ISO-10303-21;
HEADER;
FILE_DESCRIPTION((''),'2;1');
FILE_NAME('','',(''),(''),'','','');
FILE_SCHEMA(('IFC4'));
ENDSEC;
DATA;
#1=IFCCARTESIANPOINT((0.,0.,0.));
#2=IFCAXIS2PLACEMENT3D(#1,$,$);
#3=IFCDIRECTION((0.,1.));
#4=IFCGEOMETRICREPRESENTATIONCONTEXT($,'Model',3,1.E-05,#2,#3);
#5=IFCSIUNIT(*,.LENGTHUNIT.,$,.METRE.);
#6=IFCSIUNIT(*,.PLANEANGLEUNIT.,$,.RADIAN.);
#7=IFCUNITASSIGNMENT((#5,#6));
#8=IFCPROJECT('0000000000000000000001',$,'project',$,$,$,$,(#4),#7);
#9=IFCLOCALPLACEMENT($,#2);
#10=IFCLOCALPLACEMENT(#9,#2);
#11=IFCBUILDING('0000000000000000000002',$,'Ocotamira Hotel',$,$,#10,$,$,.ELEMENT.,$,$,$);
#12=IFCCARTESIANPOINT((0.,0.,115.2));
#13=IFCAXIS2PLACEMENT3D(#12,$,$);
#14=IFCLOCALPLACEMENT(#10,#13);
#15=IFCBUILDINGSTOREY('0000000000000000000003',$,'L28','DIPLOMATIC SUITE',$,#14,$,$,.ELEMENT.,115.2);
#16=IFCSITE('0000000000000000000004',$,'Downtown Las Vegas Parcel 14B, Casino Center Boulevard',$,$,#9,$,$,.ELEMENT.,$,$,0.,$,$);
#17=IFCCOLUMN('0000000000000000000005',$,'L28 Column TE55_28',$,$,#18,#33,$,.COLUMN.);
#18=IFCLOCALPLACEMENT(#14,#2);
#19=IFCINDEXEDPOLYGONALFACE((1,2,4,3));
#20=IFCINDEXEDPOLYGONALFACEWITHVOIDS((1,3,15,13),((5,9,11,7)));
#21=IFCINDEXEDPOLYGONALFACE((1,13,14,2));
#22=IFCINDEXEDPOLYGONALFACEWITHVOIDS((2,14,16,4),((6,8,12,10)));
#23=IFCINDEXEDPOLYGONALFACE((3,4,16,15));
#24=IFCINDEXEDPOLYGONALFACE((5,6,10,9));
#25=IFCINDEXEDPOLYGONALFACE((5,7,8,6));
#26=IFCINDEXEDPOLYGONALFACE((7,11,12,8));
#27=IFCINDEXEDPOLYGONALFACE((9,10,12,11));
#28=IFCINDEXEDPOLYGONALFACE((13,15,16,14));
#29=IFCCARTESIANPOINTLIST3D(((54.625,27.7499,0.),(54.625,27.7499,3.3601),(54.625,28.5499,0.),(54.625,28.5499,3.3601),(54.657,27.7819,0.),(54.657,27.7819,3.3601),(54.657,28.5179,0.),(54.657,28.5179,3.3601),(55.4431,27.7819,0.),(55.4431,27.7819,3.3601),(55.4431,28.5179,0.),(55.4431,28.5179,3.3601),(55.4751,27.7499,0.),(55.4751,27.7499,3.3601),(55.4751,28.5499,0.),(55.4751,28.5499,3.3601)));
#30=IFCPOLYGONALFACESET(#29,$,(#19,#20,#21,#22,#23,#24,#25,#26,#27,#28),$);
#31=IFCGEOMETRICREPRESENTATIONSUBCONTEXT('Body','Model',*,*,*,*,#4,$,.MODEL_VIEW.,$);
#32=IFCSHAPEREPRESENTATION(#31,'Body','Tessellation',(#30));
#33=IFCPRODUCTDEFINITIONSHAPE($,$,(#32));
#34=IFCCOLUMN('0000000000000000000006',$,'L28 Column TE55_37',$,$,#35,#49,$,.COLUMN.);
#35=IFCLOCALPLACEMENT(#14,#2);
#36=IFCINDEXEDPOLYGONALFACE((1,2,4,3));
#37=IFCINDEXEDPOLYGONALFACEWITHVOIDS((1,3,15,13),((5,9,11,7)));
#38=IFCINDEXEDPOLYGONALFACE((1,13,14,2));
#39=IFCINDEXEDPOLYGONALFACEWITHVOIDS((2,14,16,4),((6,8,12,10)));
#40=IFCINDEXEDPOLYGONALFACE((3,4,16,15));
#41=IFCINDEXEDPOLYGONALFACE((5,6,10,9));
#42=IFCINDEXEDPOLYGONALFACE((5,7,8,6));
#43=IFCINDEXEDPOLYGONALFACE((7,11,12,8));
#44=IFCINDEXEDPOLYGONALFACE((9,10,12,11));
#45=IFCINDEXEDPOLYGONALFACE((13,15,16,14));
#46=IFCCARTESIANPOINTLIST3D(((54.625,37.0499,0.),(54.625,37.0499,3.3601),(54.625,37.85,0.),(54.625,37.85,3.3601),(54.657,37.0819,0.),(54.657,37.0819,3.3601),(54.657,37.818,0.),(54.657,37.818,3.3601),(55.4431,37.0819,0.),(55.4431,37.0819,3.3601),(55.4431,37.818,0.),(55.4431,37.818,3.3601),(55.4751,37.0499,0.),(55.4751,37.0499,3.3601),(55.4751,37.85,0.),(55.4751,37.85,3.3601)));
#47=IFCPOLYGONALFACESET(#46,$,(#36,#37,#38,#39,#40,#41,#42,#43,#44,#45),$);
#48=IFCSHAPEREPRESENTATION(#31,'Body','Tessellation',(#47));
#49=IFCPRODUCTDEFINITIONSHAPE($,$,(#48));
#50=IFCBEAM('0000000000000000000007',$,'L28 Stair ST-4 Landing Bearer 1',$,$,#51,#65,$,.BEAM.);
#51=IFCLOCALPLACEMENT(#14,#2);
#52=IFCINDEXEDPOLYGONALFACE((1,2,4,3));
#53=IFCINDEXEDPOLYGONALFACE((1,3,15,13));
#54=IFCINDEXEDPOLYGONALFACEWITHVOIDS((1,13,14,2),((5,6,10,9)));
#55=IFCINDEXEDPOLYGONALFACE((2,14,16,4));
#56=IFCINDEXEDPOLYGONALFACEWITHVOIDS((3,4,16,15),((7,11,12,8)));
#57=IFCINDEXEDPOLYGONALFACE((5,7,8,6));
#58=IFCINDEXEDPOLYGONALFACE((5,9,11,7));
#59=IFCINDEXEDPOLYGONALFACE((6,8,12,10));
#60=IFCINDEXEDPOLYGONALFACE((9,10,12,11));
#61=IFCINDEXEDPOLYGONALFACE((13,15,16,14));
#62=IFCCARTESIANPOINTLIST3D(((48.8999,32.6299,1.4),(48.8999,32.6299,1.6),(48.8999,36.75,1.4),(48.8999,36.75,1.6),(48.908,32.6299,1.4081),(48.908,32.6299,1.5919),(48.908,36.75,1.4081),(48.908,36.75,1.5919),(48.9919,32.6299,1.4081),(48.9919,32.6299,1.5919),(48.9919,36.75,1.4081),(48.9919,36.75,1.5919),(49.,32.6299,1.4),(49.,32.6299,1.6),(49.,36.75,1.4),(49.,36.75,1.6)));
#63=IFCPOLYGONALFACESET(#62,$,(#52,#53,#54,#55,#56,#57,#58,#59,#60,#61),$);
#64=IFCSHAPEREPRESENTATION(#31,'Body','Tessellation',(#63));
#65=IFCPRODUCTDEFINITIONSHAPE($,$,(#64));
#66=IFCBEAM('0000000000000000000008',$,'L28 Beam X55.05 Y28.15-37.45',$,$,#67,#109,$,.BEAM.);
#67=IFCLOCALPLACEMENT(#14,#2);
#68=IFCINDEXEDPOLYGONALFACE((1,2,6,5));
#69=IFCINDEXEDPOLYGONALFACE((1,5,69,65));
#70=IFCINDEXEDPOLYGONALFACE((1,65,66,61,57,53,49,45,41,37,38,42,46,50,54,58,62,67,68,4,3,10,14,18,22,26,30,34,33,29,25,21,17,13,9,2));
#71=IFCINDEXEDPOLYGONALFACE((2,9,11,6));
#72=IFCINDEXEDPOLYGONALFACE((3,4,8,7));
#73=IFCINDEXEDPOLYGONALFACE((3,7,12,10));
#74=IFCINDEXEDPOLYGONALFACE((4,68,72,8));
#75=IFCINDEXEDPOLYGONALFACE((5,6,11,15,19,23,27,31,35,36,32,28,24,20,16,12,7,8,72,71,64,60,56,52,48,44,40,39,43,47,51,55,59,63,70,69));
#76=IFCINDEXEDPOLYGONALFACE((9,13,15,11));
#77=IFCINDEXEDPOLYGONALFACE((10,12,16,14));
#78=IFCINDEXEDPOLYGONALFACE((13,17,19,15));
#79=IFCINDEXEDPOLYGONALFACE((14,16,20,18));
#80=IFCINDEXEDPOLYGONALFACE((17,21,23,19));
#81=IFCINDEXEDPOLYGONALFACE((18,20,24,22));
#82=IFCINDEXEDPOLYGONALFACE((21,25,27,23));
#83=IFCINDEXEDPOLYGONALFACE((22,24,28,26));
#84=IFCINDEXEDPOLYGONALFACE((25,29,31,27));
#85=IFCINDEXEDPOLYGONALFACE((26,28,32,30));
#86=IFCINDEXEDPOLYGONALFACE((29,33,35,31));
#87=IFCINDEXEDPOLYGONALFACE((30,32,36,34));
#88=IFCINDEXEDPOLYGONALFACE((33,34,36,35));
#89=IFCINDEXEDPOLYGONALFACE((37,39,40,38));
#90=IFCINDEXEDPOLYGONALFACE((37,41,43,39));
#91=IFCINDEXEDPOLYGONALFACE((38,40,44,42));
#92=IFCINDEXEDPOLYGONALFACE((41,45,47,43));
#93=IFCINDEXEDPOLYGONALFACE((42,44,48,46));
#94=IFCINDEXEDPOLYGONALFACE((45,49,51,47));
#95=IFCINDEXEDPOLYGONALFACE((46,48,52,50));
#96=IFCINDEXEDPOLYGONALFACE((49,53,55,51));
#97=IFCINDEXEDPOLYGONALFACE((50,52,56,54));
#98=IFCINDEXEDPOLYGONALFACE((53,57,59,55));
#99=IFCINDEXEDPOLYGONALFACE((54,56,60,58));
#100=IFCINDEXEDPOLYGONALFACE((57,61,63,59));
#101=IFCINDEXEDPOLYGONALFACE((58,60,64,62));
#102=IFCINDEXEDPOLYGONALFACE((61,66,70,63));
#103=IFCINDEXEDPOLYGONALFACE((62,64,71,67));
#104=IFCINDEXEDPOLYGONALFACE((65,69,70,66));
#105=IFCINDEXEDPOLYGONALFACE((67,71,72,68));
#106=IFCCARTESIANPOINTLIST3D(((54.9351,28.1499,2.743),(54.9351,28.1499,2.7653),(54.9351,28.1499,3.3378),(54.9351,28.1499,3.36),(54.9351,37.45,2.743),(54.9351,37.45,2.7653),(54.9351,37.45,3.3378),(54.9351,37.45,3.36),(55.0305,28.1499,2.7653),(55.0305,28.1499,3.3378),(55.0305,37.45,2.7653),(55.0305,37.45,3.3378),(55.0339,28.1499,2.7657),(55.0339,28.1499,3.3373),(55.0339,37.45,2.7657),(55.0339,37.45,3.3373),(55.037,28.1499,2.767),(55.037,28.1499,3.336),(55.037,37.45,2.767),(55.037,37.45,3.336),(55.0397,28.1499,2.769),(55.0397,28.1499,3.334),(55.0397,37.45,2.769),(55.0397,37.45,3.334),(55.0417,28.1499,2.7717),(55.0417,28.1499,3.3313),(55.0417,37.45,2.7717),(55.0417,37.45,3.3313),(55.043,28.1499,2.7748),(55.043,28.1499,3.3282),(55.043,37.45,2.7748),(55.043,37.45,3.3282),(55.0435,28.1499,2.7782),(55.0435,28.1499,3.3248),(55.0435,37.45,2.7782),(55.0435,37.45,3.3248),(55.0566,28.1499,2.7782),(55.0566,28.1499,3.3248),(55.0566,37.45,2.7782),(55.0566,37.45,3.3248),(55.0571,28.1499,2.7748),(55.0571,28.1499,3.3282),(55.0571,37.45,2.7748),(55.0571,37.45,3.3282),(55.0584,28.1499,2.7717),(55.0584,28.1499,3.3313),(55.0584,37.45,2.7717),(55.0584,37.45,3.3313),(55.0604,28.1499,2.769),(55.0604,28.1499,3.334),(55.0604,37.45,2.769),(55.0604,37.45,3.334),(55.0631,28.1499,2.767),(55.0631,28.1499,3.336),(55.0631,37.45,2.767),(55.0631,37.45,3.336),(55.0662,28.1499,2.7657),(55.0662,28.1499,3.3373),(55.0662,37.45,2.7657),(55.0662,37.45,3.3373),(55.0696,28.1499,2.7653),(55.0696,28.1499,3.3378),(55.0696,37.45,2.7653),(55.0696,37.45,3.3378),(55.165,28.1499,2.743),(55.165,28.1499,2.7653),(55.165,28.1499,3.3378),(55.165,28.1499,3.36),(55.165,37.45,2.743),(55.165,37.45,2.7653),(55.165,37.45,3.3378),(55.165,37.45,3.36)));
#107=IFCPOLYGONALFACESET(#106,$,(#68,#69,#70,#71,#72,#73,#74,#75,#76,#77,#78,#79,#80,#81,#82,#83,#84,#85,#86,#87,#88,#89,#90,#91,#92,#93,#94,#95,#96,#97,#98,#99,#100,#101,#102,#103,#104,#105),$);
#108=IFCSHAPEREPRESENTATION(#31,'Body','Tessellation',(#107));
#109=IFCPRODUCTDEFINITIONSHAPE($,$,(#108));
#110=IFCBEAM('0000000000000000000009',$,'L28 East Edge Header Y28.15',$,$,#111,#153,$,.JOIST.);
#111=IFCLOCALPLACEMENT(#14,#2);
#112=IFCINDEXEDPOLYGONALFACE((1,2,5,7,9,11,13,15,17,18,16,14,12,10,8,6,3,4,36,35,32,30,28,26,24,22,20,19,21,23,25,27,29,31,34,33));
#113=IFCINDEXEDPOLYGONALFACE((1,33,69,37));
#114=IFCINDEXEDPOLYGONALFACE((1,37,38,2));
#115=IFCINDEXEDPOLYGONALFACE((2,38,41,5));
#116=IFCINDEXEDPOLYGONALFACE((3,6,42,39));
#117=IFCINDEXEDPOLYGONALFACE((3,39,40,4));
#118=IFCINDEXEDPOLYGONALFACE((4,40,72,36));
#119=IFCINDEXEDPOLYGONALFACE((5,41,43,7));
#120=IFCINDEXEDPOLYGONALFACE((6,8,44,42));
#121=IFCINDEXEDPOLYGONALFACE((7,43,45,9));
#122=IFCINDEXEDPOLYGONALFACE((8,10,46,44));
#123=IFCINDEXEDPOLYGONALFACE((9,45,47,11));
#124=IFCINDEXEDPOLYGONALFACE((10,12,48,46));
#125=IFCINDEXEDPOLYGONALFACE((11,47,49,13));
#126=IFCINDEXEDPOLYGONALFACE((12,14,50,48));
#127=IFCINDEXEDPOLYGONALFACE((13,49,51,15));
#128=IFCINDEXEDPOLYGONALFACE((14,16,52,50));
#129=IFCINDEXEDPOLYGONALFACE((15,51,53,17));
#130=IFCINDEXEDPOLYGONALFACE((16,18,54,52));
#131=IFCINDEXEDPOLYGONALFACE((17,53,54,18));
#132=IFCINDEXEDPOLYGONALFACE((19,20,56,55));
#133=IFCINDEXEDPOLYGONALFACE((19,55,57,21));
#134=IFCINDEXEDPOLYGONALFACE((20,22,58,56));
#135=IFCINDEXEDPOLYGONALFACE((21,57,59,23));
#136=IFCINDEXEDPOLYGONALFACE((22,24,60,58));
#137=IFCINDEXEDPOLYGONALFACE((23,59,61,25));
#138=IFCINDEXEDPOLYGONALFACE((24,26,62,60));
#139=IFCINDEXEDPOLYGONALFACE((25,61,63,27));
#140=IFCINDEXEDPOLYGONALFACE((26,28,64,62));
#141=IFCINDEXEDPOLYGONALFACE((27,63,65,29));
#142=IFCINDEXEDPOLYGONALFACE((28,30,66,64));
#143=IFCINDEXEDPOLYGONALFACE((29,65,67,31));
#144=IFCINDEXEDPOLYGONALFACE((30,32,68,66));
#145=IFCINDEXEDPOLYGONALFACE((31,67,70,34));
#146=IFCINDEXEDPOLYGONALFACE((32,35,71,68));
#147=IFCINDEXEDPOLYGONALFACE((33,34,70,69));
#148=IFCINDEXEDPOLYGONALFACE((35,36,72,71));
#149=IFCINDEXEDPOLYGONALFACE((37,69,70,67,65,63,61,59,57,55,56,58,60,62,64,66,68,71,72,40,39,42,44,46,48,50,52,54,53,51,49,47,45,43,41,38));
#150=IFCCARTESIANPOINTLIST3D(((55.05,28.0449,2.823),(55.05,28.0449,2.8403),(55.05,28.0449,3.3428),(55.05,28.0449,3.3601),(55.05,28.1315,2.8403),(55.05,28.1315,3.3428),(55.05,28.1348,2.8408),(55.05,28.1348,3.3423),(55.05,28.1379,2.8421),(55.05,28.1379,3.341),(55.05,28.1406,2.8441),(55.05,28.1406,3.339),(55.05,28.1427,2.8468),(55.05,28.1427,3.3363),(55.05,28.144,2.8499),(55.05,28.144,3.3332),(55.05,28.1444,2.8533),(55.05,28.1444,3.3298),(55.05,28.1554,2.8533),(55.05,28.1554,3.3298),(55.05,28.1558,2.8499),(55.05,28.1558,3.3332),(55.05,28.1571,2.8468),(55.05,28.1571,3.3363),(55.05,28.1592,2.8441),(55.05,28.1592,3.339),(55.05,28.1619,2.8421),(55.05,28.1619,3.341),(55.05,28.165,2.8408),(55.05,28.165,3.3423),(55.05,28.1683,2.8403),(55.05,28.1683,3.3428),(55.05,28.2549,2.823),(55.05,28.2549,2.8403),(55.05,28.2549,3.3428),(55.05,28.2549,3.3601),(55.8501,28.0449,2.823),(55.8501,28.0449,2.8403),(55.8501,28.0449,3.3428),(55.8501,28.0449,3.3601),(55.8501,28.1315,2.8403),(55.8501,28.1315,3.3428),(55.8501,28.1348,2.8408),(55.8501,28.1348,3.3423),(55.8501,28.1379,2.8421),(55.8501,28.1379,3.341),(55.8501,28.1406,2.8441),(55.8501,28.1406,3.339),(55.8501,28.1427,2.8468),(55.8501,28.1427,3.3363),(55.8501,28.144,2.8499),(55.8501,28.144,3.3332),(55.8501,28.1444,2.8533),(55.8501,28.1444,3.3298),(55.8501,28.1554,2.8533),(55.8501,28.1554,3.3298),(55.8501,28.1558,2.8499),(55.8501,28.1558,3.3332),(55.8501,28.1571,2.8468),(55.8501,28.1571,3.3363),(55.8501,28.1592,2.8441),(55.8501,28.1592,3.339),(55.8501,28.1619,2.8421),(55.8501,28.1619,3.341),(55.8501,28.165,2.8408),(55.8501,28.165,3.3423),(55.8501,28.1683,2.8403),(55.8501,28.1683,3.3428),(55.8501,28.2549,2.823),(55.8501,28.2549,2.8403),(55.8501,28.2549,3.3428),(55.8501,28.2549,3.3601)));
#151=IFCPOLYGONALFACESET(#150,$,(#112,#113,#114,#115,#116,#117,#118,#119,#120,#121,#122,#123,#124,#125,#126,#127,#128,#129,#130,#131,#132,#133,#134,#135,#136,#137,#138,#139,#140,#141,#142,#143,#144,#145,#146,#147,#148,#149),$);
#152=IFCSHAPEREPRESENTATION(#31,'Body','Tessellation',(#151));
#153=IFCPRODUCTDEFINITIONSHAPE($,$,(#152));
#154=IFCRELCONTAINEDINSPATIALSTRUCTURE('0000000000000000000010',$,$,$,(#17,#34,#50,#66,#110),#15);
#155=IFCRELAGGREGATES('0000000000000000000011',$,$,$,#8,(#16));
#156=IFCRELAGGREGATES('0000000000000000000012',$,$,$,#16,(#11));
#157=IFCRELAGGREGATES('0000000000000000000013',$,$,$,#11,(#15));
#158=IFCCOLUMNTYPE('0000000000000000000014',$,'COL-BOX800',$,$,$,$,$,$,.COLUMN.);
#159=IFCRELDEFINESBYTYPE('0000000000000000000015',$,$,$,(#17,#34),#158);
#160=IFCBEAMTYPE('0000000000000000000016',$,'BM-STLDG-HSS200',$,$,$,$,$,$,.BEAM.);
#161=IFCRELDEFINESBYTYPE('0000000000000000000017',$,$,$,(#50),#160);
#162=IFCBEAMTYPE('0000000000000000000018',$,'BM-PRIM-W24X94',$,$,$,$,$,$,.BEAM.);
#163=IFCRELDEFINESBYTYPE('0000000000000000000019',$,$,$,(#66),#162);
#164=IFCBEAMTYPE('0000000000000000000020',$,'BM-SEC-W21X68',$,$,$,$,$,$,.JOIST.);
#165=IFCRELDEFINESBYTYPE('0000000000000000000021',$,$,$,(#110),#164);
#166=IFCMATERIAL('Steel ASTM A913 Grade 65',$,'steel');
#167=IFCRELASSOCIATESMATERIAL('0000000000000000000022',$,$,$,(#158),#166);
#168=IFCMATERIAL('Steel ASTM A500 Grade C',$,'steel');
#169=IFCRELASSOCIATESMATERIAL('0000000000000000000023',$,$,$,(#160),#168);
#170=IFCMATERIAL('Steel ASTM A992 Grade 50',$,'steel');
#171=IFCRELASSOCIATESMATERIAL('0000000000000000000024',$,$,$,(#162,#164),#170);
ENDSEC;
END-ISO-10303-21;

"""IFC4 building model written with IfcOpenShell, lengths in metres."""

from ifc_helpers import new_model, si_unit, direction, frame, origin, origin_2d, place, context, subcontext, project, spatial, hollow_rectangle, i_section, extrude, source, transform, mapped, material, material_profile, profile_set, type_object, element, save


model = new_model("IFC4")

# Units and contexts
model_context = context("Model", 3, precision=1e-05, world=origin(), true_north=direction((0.0, 1.0)))
body_context = subcontext(model_context, "Body", "Model", "MODEL_VIEW")
ifc_project = project(units=[si_unit("LENGTHUNIT", "METRE"), si_unit("PLANEANGLEUNIT", "RADIAN")], contexts=[model_context])

# Site, building, storey
site_placement = place(None, origin())
site = spatial("IfcSite", under=ifc_project, at=site_placement, Name="Downtown Las Vegas Parcel 14B, Casino Center Boulevard", CompositionType="ELEMENT", RefElevation=0.0)
building_placement = place(site_placement, origin())
building = spatial("IfcBuilding", under=site, at=building_placement, Name="Ocotamira Hotel", CompositionType="ELEMENT")
storey_placement = place(building_placement, frame((0.0, 0.0, 115.2)))
storey = spatial("IfcBuildingStorey", under=building, at=storey_placement, Name="L28", Description="DIPLOMATIC SUITE", CompositionType="ELEMENT", Elevation=115.2)

# Columns
ifc_material_1 = material(Name="Steel ASTM A913 Grade 65", Category="steel")
ifc_material_profile_1 = material_profile(ifc_material_1, hollow_rectangle(XDim=0.8501, YDim=0.8, WallThickness=0.032, at=origin_2d()), Name="BOX800X850X32")
ifc_profile_set_1 = profile_set([ifc_material_profile_1], Name="Steel ASTM A913 Grade 65")
column_type = type_object("IfcColumnType", Name="COL-BOX800", PredefinedType="COLUMN", material=ifc_profile_set_1)
shared_shape_1 = source(origin(), body_context, "Body", "SweptSolid", [
    extrude(hollow_rectangle(XDim=0.8501, YDim=0.8, WallThickness=0.032, at=origin_2d()), origin(), (0.0, 0.0, 1.0), 3.3601),
])
for number, where, z_axis, x_axis, name in (
    (1, (55.05, 28.1499, 0.0), (0.0, 0.0, 1.0), (1.0, 0.0, 0.0), "L28 Column TE55_28"),
    (2, (55.05, 37.45, 0.0), (0.0, 0.0, 1.0), (1.0, 0.0, 0.0), "L28 Column TE55_37"),
):
    element("IfcColumn", number, at=place(storey_placement, frame(where, z_axis=z_axis, x_axis=x_axis)), inside=storey, type_object=column_type, Name=name, PredefinedType="COLUMN", context=body_context, shape_type="MappedRepresentation", body=[
        mapped(shared_shape_1, transform((0.0, 0.0, 0.0), scale=1.0)),
    ])

# Beams
ifc_material_2 = material(Name="Steel ASTM A500 Grade C", Category="steel")
ifc_material_profile_2 = material_profile(ifc_material_2, hollow_rectangle(XDim=0.1001, YDim=0.2, WallThickness=0.0081, at=origin_2d()), Name="HSS200X100X8")
ifc_profile_set_2 = profile_set([ifc_material_profile_2], Name="Steel ASTM A500 Grade C")
beam_type_1 = type_object("IfcBeamType", Name="BM-STLDG-HSS200", PredefinedType="BEAM", material=ifc_profile_set_2)
shared_shape_2 = source(origin(), body_context, "Body", "SweptSolid", [
    extrude(hollow_rectangle(XDim=0.1001, YDim=0.2, WallThickness=0.0081, at=origin_2d()), origin(), (0.0, 0.0, 1.0), 4.1201),
])
beam_1_placement = place(storey_placement, frame((48.95, 32.6299, 1.5), z_axis=(0.0, 1.0, 0.0), x_axis=(-1.0, 0.0, 0.0)))
element("IfcBeam", 3, at=beam_1_placement, inside=storey, type_object=beam_type_1, Name="L28 Stair ST-4 Landing Bearer 1", PredefinedType="BEAM", context=body_context, shape_type="MappedRepresentation", body=[
    mapped(shared_shape_2, transform((0.0, 0.0, 0.0), scale=1.0)),
])
ifc_material_3 = material(Name="Steel ASTM A992 Grade 50", Category="steel")
ifc_material_profile_3 = material_profile(ifc_material_3, i_section(OverallWidth=0.23, OverallDepth=0.6169, WebThickness=0.0132, FlangeThickness=0.0222, FilletRadius=0.0129, at=origin_2d()), Name="W24X94")
ifc_profile_set_3 = profile_set([ifc_material_profile_3], Name="Steel ASTM A992 Grade 50")
beam_type_2 = type_object("IfcBeamType", Name="BM-PRIM-W24X94", PredefinedType="BEAM", material=ifc_profile_set_3)
shared_shape_3 = source(origin(), body_context, "Body", "SweptSolid", [
    extrude(i_section(OverallWidth=0.23, OverallDepth=0.6169, WebThickness=0.0132, FlangeThickness=0.0222, FilletRadius=0.0129, at=origin_2d()), origin(), (0.0, 0.0, 1.0), 9.3),
])
beam_2_placement = place(storey_placement, frame((55.05, 28.1499, 3.0515), z_axis=(0.0, 1.0, 0.0), x_axis=(-1.0, 0.0, 0.0)))
element("IfcBeam", 4, at=beam_2_placement, inside=storey, type_object=beam_type_2, Name="L28 Beam X55.05 Y28.15-37.45", PredefinedType="BEAM", context=body_context, shape_type="MappedRepresentation", body=[
    mapped(shared_shape_3, transform((0.0, 0.0, 0.0), scale=1.0)),
])
ifc_material_profile_4 = material_profile(ifc_material_3, i_section(OverallWidth=0.21, OverallDepth=0.5371, WebThickness=0.011, FlangeThickness=0.0173, FilletRadius=0.0129, at=origin_2d()), Name="W21X68")
ifc_profile_set_4 = profile_set([ifc_material_profile_4], Name="Steel ASTM A992 Grade 50")
beam_type_3 = type_object("IfcBeamType", Name="BM-SEC-W21X68", PredefinedType="JOIST", material=ifc_profile_set_4)
shared_shape_4 = source(origin(), body_context, "Body", "SweptSolid", [
    extrude(i_section(OverallWidth=0.21, OverallDepth=0.5371, WebThickness=0.011, FlangeThickness=0.0173, FilletRadius=0.0129, at=origin_2d()), origin(), (0.0, 0.0, 1.0), 0.8),
])
for number, where, z_axis, x_axis, name in (
    (5, (55.05, 28.1499, 3.0916), (1.0, 0.0, 0.0), (0.0, 1.0, 0.0), "L28 East Edge Header Y28.15"),
):
    element("IfcBeam", number, at=place(storey_placement, frame(where, z_axis=z_axis, x_axis=x_axis)), inside=storey, type_object=beam_type_3, Name=name, PredefinedType="JOIST", context=body_context, shape_type="MappedRepresentation", body=[
        mapped(shared_shape_4, transform((0.0, 0.0, 0.0), scale=1.0)),
    ])

save(model, "model.ifc")
